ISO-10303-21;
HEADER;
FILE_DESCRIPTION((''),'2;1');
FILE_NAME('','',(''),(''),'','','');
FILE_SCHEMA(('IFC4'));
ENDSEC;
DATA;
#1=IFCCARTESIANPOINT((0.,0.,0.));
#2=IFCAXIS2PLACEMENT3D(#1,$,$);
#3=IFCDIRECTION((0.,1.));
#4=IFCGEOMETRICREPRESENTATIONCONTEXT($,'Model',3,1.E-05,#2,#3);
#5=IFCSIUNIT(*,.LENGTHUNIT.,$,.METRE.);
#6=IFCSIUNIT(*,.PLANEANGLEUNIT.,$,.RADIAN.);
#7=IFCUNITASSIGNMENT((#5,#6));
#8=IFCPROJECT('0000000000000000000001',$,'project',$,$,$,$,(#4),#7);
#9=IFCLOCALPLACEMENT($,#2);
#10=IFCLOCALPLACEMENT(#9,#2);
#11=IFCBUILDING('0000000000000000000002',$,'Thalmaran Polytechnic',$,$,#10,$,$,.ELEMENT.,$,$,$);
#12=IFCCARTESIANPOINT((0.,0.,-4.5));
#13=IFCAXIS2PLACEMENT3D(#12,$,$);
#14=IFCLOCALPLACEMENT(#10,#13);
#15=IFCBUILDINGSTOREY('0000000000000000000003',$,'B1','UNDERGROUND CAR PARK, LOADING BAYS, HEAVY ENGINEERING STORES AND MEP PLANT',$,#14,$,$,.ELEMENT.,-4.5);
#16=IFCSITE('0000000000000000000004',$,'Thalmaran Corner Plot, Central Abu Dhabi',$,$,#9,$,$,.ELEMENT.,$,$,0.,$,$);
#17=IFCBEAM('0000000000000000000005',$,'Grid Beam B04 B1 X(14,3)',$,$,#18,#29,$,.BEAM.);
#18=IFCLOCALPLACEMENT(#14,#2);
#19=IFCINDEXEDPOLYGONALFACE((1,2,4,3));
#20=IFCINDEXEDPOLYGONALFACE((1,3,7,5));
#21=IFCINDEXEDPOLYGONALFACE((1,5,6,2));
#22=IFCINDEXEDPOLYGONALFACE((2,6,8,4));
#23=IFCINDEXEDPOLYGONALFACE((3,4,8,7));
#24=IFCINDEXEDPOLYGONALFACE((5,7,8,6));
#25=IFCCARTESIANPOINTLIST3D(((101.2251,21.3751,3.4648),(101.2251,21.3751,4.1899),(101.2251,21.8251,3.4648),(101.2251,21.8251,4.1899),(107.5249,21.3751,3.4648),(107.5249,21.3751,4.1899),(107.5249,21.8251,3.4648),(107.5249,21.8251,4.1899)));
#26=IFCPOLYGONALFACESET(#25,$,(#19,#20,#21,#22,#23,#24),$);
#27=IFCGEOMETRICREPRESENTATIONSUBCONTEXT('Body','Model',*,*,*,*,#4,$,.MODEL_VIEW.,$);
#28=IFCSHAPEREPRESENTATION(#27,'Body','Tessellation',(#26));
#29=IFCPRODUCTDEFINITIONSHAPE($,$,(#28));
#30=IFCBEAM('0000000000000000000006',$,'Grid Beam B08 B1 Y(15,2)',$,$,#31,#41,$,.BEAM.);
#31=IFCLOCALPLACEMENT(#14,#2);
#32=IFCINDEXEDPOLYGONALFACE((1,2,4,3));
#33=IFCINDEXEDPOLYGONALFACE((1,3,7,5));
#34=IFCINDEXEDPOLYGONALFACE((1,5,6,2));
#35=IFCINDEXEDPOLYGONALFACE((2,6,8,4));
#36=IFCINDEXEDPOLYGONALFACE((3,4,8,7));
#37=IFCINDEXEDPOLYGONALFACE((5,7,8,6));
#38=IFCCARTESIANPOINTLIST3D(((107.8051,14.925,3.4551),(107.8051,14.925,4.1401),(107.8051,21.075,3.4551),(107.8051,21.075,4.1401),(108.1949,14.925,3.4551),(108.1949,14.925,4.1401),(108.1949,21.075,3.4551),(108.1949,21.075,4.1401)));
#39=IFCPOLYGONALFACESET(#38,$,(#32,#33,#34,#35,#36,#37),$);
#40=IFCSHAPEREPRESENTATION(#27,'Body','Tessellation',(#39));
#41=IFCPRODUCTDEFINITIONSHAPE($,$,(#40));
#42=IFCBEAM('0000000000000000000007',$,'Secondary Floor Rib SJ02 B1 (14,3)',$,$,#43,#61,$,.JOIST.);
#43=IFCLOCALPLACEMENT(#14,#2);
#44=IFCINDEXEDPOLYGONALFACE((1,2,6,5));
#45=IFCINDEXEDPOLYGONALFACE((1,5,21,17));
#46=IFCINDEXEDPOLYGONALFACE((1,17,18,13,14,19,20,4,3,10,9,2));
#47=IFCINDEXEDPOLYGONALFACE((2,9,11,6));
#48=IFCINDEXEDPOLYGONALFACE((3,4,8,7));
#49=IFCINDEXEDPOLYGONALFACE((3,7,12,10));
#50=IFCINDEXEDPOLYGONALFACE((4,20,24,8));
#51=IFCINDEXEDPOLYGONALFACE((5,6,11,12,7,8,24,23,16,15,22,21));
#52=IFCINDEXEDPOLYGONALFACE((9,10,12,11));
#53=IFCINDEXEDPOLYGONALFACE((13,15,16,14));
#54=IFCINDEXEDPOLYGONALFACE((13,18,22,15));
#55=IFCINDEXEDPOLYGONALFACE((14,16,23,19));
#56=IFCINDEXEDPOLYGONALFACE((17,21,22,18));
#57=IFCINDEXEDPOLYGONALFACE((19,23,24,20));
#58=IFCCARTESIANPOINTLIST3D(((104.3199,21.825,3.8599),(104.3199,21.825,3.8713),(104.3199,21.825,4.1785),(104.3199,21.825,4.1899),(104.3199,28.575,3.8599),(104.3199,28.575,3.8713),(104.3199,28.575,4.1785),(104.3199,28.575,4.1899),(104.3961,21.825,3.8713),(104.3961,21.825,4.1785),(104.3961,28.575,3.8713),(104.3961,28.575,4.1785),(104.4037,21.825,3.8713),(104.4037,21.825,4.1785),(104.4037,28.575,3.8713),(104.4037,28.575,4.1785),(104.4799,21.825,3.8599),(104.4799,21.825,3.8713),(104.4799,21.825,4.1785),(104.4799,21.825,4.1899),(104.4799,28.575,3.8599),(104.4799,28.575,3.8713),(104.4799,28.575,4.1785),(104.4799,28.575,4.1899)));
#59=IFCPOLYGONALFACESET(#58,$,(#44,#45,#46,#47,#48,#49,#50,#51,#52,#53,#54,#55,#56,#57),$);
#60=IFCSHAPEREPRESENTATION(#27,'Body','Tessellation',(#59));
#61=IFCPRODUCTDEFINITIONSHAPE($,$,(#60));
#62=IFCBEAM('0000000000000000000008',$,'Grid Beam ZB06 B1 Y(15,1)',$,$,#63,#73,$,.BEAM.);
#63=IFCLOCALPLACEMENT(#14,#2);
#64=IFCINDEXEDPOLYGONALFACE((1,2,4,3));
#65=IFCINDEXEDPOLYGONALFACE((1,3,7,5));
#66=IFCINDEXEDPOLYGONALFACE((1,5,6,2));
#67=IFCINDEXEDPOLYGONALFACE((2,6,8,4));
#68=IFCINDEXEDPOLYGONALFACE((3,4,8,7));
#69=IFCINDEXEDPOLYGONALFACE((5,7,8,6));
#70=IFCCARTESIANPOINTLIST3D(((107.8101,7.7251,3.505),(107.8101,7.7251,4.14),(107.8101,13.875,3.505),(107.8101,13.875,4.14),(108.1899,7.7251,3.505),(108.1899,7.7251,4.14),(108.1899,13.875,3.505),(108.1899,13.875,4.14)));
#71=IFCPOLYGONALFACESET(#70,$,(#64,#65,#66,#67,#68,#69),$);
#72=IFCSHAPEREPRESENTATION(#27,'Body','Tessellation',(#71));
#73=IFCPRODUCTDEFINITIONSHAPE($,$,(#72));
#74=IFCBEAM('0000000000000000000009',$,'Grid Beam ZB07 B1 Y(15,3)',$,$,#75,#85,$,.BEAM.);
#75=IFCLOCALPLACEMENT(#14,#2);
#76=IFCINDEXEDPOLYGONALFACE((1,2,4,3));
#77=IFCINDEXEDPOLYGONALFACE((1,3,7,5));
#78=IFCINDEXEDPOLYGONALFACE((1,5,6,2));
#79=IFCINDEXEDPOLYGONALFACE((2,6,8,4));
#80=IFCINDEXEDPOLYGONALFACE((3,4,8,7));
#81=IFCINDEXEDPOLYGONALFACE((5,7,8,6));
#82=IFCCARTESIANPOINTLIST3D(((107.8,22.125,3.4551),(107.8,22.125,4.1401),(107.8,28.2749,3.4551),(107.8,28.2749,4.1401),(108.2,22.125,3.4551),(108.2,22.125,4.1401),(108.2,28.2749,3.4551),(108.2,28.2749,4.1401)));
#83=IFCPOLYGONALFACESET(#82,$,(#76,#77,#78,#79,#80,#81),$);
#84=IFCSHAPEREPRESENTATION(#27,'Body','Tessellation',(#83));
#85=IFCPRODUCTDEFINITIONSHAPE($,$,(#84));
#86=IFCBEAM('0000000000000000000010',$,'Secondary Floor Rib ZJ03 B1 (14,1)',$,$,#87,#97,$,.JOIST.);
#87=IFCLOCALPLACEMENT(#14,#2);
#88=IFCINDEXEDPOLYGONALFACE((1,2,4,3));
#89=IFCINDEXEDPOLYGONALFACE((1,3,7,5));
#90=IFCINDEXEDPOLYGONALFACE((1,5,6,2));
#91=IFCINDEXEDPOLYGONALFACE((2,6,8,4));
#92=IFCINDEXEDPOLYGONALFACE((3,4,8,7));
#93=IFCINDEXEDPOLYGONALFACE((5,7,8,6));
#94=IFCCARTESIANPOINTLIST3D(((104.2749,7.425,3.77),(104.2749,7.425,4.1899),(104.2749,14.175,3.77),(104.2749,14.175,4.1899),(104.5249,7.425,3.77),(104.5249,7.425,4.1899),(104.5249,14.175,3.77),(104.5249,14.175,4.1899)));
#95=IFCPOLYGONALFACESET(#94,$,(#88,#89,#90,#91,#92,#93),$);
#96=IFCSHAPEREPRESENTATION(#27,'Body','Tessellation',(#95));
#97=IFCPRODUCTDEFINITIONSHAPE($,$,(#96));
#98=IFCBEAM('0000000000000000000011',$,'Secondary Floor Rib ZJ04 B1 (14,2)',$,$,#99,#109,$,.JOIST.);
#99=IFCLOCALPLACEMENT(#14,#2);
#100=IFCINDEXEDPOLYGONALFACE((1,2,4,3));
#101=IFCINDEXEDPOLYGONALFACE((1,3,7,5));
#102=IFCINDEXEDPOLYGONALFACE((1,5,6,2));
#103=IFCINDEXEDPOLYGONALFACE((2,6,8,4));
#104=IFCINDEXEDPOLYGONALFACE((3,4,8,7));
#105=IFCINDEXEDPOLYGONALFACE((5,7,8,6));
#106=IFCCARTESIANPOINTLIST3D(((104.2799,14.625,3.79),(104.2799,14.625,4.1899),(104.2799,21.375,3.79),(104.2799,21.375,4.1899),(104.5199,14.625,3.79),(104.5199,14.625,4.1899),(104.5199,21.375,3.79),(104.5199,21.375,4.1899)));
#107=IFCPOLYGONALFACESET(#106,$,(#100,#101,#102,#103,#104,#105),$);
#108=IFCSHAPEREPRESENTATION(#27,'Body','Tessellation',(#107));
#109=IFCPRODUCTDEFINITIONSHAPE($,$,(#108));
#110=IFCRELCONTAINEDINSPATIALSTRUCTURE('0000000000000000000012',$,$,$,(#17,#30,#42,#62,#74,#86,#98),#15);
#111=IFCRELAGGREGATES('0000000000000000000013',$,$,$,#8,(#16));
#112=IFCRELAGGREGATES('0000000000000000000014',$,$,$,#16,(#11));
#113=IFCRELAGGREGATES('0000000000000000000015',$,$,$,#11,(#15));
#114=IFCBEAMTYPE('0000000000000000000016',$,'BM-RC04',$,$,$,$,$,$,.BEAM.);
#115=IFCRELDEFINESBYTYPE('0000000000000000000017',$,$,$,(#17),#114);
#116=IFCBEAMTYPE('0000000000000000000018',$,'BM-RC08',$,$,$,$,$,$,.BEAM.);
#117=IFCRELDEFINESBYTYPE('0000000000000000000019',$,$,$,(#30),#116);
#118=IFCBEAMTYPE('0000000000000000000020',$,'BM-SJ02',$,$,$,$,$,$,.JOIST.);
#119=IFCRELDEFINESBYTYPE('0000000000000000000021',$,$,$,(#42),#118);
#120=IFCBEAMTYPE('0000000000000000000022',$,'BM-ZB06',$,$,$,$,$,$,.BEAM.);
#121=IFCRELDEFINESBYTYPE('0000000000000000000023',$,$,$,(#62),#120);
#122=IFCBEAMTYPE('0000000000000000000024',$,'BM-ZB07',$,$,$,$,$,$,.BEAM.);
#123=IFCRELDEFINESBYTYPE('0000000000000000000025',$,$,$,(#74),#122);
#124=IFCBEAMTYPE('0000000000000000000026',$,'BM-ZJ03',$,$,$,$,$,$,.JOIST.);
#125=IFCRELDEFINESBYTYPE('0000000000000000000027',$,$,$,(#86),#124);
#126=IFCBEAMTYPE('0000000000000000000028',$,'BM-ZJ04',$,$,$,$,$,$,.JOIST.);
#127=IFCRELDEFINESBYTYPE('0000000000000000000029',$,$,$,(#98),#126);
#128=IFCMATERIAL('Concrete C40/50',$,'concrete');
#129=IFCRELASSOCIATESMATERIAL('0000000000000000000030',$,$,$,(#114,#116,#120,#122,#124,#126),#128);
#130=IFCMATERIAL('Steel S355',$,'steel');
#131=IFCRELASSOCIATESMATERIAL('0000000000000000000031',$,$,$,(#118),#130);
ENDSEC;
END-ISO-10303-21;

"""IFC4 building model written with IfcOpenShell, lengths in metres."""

from ifc_helpers import new_model, si_unit, direction, frame, origin, origin_2d, place, context, subcontext, project, spatial, rectangle, i_section, extrude, material, material_profile, profile_set, type_object, element, save


model = new_model("IFC4")

# Units and contexts
model_context = context("Model", 3, precision=1e-05, world=origin(), true_north=direction((0.0, 1.0)))
body_context = subcontext(model_context, "Body", "Model", "MODEL_VIEW")
ifc_project = project(units=[si_unit("LENGTHUNIT", "METRE"), si_unit("PLANEANGLEUNIT", "RADIAN")], contexts=[model_context])

# Site, building, storey
site_placement = place(None, origin())
site = spatial("IfcSite", under=ifc_project, at=site_placement, Name="Thalmaran Corner Plot, Central Abu Dhabi", CompositionType="ELEMENT", RefElevation=0.0)
building_placement = place(site_placement, origin())
building = spatial("IfcBuilding", under=site, at=building_placement, Name="Thalmaran Polytechnic", CompositionType="ELEMENT")
storey_placement = place(building_placement, frame((0.0, 0.0, -4.5)))
storey = spatial("IfcBuildingStorey", under=building, at=storey_placement, Name="B1", Description="UNDERGROUND CAR PARK, LOADING BAYS, HEAVY ENGINEERING STORES AND MEP PLANT", CompositionType="ELEMENT", Elevation=-4.5)

# Shared definitions
ifc_material_1 = material(Name="Concrete C40/50", Category="concrete")

# Beams
ifc_material_profile_1 = material_profile(ifc_material_1, rectangle(XDim=0.45, YDim=0.7251, at=origin_2d()), Name="RC 450x725")
ifc_profile_set_1 = profile_set([ifc_material_profile_1], Name="Concrete C40/50")
beam_type_1 = type_object("IfcBeamType", Name="BM-RC04", PredefinedType="BEAM", material=ifc_profile_set_1)
for number, where, z_axis, x_axis, name in (
    (1, (101.2251, 21.6001, 3.8274), (1.0, 0.0, 0.0), (0.0, 1.0, 0.0), "Grid Beam B04 B1 X(14,3)"),
):
    element("IfcBeam", number, at=place(storey_placement, frame(where, z_axis=z_axis, x_axis=x_axis)), inside=storey, type_object=beam_type_1, Name=name, PredefinedType="BEAM", context=body_context, shape_type="SweptSolid", body=[
        extrude(rectangle(XDim=0.45, YDim=0.7251, at=origin_2d()), origin(), (0.0, 0.0, 1.0), 6.2998),
    ])
ifc_material_profile_2 = material_profile(ifc_material_1, rectangle(XDim=0.3899, YDim=0.6851, at=origin_2d()), Name="RC 390x685")
ifc_profile_set_2 = profile_set([ifc_material_profile_2], Name="Concrete C40/50")
beam_type_2 = type_object("IfcBeamType", Name="BM-RC08", PredefinedType="BEAM", material=ifc_profile_set_2)
beam_1_placement = place(storey_placement, frame((108.0, 14.925, 3.7976), z_axis=(0.0, 1.0, 0.0), x_axis=(-1.0, 0.0, 0.0)))
element("IfcBeam", 2, at=beam_1_placement, inside=storey, type_object=beam_type_2, Name="Grid Beam B08 B1 Y(15,2)", PredefinedType="BEAM", context=body_context, shape_type="SweptSolid", body=[
    extrude(rectangle(XDim=0.3899, YDim=0.6851, at=origin_2d()), origin(), (0.0, 0.0, 1.0), 6.1499),
])
ifc_material_2 = material(Name="Steel S355", Category="steel")
ifc_material_profile_3 = material_profile(ifc_material_2, i_section(OverallWidth=0.1599, OverallDepth=0.3301, WebThickness=0.0076, FlangeThickness=0.0115, at=origin_2d()), Name="IPE 330")
ifc_profile_set_3 = profile_set([ifc_material_profile_3], Name="Steel S355")
beam_type_3 = type_object("IfcBeamType", Name="BM-SJ02", PredefinedType="JOIST", material=ifc_profile_set_3)
beam_2_placement = place(storey_placement, frame((104.3999, 21.825, 4.0249), z_axis=(0.0, 1.0, 0.0), x_axis=(-1.0, 0.0, 0.0)))
element("IfcBeam", 3, at=beam_2_placement, inside=storey, type_object=beam_type_3, Name="Secondary Floor Rib SJ02 B1 (14,3)", PredefinedType="JOIST", context=body_context, shape_type="SweptSolid", body=[
    extrude(i_section(OverallWidth=0.1599, OverallDepth=0.3301, WebThickness=0.0076, FlangeThickness=0.0115, at=origin_2d()), origin(), (0.0, 0.0, 1.0), 6.75),
])
ifc_material_profile_4 = material_profile(ifc_material_1, rectangle(XDim=0.3799, YDim=0.635, at=origin_2d()), Name="RC 380x635")
ifc_profile_set_4 = profile_set([ifc_material_profile_4], Name="Concrete C40/50")
beam_type_4 = type_object("IfcBeamType", Name="BM-ZB06", PredefinedType="BEAM", material=ifc_profile_set_4)
beam_3_placement = place(storey_placement, frame((108.0, 7.7251, 3.8225), z_axis=(0.0, 1.0, 0.0), x_axis=(-1.0, 0.0, 0.0)))
element("IfcBeam", 4, at=beam_3_placement, inside=storey, type_object=beam_type_4, Name="Grid Beam ZB06 B1 Y(15,1)", PredefinedType="BEAM", context=body_context, shape_type="SweptSolid", body=[
    extrude(rectangle(XDim=0.3799, YDim=0.635, at=origin_2d()), origin(), (0.0, 0.0, 1.0), 6.1499),
])
ifc_material_profile_5 = material_profile(ifc_material_1, rectangle(XDim=0.3999, YDim=0.6851, at=origin_2d()), Name="RC 400x685")
ifc_profile_set_5 = profile_set([ifc_material_profile_5], Name="Concrete C40/50")
beam_type_5 = type_object("IfcBeamType", Name="BM-ZB07", PredefinedType="BEAM", material=ifc_profile_set_5)
beam_4_placement = place(storey_placement, frame((108.0, 22.125, 3.7976), z_axis=(0.0, 1.0, 0.0), x_axis=(-1.0, 0.0, 0.0)))
element("IfcBeam", 5, at=beam_4_placement, inside=storey, type_object=beam_type_5, Name="Grid Beam ZB07 B1 Y(15,3)", PredefinedType="BEAM", context=body_context, shape_type="SweptSolid", body=[
    extrude(rectangle(XDim=0.3999, YDim=0.6851, at=origin_2d()), origin(), (0.0, 0.0, 1.0), 6.1499),
])
ifc_material_profile_6 = material_profile(ifc_material_1, rectangle(XDim=0.25, YDim=0.4199, at=origin_2d()), Name="RC 250x420")
ifc_profile_set_6 = profile_set([ifc_material_profile_6], Name="Concrete C40/50")
beam_type_6 = type_object("IfcBeamType", Name="BM-ZJ03", PredefinedType="JOIST", material=ifc_profile_set_6)
beam_5_placement = place(storey_placement, frame((104.3999, 7.425, 3.98), z_axis=(0.0, 1.0, 0.0), x_axis=(-1.0, 0.0, 0.0)))
element("IfcBeam", 6, at=beam_5_placement, inside=storey, type_object=beam_type_6, Name="Secondary Floor Rib ZJ03 B1 (14,1)", PredefinedType="JOIST", context=body_context, shape_type="SweptSolid", body=[
    extrude(rectangle(XDim=0.25, YDim=0.4199, at=origin_2d()), origin(), (0.0, 0.0, 1.0), 6.75),
])
ifc_material_profile_7 = material_profile(ifc_material_1, rectangle(XDim=0.24, YDim=0.3999, at=origin_2d()), Name="RC 240x400")
ifc_profile_set_7 = profile_set([ifc_material_profile_7], Name="Concrete C40/50")
beam_type_7 = type_object("IfcBeamType", Name="BM-ZJ04", PredefinedType="JOIST", material=ifc_profile_set_7)
beam_6_placement = place(storey_placement, frame((104.3999, 14.625, 3.99), z_axis=(0.0, 1.0, 0.0), x_axis=(-1.0, 0.0, 0.0)))
element("IfcBeam", 7, at=beam_6_placement, inside=storey, type_object=beam_type_7, Name="Secondary Floor Rib ZJ04 B1 (14,2)", PredefinedType="JOIST", context=body_context, shape_type="SweptSolid", body=[
    extrude(rectangle(XDim=0.24, YDim=0.3999, at=origin_2d()), origin(), (0.0, 0.0, 1.0), 6.75),
])

save(model, "model.ifc")
